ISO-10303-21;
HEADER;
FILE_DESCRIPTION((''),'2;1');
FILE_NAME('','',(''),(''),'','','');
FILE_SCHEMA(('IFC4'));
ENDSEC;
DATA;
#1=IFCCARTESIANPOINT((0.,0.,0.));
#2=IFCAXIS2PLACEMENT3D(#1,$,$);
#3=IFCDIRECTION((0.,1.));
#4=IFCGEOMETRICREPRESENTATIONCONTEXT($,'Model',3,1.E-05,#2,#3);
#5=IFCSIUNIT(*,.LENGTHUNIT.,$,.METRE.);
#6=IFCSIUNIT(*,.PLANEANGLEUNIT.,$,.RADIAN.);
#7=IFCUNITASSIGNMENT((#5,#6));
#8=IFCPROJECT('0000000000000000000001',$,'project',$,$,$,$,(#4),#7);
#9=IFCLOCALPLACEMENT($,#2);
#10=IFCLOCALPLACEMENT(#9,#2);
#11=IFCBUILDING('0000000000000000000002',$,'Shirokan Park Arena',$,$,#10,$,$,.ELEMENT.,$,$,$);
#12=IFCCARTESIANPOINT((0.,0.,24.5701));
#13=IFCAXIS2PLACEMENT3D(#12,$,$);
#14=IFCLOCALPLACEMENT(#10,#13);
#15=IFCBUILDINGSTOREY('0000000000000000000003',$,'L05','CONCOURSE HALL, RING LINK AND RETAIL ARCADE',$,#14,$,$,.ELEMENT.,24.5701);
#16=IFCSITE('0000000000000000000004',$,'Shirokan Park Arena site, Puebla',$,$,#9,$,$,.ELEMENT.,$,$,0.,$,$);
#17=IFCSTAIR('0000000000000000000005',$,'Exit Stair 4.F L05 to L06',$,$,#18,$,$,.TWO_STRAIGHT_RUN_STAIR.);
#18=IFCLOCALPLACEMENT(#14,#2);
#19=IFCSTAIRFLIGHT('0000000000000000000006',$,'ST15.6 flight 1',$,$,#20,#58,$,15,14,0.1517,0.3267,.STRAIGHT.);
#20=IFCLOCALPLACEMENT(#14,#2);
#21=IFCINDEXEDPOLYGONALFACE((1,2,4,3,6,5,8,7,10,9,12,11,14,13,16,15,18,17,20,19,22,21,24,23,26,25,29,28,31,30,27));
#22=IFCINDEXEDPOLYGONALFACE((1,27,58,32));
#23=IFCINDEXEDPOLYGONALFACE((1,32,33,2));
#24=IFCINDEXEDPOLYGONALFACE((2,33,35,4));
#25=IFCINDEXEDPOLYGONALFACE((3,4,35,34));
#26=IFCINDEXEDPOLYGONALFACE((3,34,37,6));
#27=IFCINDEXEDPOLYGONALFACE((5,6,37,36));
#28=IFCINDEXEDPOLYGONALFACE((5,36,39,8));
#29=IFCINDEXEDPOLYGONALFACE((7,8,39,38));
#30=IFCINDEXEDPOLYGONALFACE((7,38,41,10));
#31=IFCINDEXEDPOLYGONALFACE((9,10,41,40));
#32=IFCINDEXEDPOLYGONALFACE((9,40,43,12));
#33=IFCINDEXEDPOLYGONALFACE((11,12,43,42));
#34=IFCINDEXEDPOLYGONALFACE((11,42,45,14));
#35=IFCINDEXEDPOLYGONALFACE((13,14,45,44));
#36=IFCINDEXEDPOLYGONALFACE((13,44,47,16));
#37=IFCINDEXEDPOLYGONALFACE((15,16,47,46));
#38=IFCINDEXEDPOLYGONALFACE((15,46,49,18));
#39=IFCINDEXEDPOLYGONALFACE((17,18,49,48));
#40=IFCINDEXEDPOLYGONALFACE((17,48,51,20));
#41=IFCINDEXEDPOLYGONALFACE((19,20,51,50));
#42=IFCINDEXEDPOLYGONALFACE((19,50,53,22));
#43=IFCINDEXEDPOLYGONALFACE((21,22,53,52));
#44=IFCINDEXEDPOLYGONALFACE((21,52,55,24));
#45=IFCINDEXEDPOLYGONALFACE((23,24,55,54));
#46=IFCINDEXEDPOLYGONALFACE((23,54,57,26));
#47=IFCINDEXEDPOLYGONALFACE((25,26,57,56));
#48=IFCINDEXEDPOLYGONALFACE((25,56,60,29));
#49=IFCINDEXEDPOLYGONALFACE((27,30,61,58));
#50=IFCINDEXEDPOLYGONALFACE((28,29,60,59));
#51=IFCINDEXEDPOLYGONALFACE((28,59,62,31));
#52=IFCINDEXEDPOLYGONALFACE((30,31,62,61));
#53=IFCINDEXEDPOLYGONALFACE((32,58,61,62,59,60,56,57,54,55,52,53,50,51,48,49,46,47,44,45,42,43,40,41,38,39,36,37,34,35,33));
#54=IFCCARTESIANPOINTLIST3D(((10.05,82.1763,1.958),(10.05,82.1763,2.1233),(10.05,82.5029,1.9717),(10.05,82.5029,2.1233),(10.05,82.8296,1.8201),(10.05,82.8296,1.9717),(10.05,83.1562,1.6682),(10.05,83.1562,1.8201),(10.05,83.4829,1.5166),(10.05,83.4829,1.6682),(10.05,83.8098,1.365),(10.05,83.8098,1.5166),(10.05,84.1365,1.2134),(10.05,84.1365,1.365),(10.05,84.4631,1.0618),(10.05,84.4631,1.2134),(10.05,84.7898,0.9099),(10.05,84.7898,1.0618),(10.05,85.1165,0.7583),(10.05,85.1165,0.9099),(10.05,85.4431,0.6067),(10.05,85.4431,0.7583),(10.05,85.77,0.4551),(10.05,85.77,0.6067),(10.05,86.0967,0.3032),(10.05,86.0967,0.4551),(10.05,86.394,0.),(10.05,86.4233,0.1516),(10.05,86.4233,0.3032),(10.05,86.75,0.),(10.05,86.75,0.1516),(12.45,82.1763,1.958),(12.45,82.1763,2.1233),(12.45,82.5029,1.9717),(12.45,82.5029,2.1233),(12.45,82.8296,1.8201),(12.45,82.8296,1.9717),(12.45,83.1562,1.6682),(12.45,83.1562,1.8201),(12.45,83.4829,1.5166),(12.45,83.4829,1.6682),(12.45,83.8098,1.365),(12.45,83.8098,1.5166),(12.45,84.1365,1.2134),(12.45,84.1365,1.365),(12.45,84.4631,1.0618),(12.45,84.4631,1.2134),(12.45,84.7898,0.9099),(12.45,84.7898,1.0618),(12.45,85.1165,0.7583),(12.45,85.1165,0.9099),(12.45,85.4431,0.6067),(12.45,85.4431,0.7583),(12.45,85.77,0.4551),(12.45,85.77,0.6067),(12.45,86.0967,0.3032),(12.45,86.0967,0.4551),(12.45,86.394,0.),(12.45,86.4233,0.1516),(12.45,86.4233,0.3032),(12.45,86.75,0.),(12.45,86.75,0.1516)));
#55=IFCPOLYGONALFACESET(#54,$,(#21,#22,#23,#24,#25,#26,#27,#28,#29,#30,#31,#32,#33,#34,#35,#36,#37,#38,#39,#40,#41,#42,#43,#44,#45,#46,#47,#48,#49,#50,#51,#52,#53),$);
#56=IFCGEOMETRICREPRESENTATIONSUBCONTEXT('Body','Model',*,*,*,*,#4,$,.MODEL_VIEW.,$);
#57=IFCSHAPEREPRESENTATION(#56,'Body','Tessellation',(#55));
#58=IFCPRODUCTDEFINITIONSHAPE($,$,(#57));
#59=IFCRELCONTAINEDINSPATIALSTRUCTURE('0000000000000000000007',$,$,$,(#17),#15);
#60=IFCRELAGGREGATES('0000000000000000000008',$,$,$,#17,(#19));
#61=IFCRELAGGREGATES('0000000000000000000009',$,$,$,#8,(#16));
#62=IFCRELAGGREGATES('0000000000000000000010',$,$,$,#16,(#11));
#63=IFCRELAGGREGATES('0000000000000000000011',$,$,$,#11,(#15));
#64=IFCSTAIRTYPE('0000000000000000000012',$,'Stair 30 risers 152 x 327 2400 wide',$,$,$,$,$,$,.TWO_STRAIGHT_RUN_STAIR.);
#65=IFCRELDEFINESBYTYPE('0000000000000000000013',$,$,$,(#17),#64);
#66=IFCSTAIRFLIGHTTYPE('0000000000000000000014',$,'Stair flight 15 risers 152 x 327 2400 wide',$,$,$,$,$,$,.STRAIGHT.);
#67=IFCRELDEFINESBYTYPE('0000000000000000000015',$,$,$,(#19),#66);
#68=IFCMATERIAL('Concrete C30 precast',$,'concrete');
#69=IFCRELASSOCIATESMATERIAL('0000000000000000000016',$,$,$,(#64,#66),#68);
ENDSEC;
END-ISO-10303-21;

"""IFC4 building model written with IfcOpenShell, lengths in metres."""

from ifc_helpers import new_model, si_unit, direction, frame, origin, place, context, subcontext, project, spatial, polyline, outline, extrude, material, type_object, element, aggregate, save


model = new_model("IFC4")

# Units and contexts
model_context = context("Model", 3, precision=1e-05, world=origin(), true_north=direction((0.0, 1.0)))
body_context = subcontext(model_context, "Body", "Model", "MODEL_VIEW")
ifc_project = project(units=[si_unit("LENGTHUNIT", "METRE"), si_unit("PLANEANGLEUNIT", "RADIAN")], contexts=[model_context])

# Site, building, storey
site_placement = place(None, origin())
site = spatial("IfcSite", under=ifc_project, at=site_placement, Name="Shirokan Park Arena site, Puebla", CompositionType="ELEMENT", RefElevation=0.0)
building_placement = place(site_placement, origin())
building = spatial("IfcBuilding", under=site, at=building_placement, Name="Shirokan Park Arena", CompositionType="ELEMENT")
storey_placement = place(building_placement, frame((0.0, 0.0, 24.5701)))
storey = spatial("IfcBuildingStorey", under=building, at=storey_placement, Name="L05", Description="CONCOURSE HALL, RING LINK AND RETAIL ARCADE", CompositionType="ELEMENT", Elevation=24.5701)

# Stair, stair flight
ifc_material_1 = material(Name="Concrete C30 precast", Category="concrete")
stair_type = type_object("IfcStairType", Name="Stair 30 risers 152 x 327 2400 wide", PredefinedType="TWO_STRAIGHT_RUN_STAIR", material=ifc_material_1)
stair_placement = place(storey_placement, origin())
stair = element("IfcStair", 1, at=stair_placement, inside=storey, type_object=stair_type, Name="Exit Stair 4.F L05 to L06", PredefinedType="TWO_STRAIGHT_RUN_STAIR")
stair_flight_type = type_object("IfcStairFlightType", Name="Stair flight 15 risers 152 x 327 2400 wide", PredefinedType="STRAIGHT", material=ifc_material_1)
stair_flight_placement = place(storey_placement, frame((11.25, 86.75, 0.0), z_axis=(0.0, 0.0, 1.0), x_axis=(0.0, -1.0, 0.0)))
stair_flight = element("IfcStairFlight", 2, at=stair_flight_placement, type_object=stair_flight_type, Name="ST15.6 flight 1", NumberOfRisers=15, NumberOfTreads=14, PredefinedType="STRAIGHT", RiserHeight=0.1517, TreadLength=0.3267, context=body_context, shape_type="SweptSolid", body=[
    extrude(outline(polyline([(0.0, 0.0), (0.0, 0.1516), (0.3267, 0.1516), (0.3267, 0.3032), (0.6533, 0.3032), (0.6533, 0.4551), (0.98, 0.4551), (0.98, 0.6067), (1.3069, 0.6067), (1.3069, 0.7583), (1.6335, 0.7583), (1.6335, 0.9099), (1.9602, 0.9099), (1.9602, 1.0618), (2.2869, 1.0618), (2.2869, 1.2134), (2.6135, 1.2134), (2.6135, 1.365), (2.9402, 1.365), (2.9402, 1.5166), (3.2671, 1.5166), (3.2671, 1.6682), (3.5938, 1.6682), (3.5938, 1.8201), (3.9204, 1.8201), (3.9204, 1.9717), (4.2471, 1.9717), (4.2471, 2.1233), (4.5737, 2.1233), (4.5737, 2.2749), (4.5737, 1.958), (0.356, 0.0), (0.0, 0.0)])), frame((0.0, 1.2, 0.0), z_axis=(0.0, -1.0, 0.0), x_axis=(1.0, 0.0, 0.0)), (0.0, 0.0, 1.0), 2.3999),
])
aggregate(stair, [stair_flight])

save(model, "model.ifc")
